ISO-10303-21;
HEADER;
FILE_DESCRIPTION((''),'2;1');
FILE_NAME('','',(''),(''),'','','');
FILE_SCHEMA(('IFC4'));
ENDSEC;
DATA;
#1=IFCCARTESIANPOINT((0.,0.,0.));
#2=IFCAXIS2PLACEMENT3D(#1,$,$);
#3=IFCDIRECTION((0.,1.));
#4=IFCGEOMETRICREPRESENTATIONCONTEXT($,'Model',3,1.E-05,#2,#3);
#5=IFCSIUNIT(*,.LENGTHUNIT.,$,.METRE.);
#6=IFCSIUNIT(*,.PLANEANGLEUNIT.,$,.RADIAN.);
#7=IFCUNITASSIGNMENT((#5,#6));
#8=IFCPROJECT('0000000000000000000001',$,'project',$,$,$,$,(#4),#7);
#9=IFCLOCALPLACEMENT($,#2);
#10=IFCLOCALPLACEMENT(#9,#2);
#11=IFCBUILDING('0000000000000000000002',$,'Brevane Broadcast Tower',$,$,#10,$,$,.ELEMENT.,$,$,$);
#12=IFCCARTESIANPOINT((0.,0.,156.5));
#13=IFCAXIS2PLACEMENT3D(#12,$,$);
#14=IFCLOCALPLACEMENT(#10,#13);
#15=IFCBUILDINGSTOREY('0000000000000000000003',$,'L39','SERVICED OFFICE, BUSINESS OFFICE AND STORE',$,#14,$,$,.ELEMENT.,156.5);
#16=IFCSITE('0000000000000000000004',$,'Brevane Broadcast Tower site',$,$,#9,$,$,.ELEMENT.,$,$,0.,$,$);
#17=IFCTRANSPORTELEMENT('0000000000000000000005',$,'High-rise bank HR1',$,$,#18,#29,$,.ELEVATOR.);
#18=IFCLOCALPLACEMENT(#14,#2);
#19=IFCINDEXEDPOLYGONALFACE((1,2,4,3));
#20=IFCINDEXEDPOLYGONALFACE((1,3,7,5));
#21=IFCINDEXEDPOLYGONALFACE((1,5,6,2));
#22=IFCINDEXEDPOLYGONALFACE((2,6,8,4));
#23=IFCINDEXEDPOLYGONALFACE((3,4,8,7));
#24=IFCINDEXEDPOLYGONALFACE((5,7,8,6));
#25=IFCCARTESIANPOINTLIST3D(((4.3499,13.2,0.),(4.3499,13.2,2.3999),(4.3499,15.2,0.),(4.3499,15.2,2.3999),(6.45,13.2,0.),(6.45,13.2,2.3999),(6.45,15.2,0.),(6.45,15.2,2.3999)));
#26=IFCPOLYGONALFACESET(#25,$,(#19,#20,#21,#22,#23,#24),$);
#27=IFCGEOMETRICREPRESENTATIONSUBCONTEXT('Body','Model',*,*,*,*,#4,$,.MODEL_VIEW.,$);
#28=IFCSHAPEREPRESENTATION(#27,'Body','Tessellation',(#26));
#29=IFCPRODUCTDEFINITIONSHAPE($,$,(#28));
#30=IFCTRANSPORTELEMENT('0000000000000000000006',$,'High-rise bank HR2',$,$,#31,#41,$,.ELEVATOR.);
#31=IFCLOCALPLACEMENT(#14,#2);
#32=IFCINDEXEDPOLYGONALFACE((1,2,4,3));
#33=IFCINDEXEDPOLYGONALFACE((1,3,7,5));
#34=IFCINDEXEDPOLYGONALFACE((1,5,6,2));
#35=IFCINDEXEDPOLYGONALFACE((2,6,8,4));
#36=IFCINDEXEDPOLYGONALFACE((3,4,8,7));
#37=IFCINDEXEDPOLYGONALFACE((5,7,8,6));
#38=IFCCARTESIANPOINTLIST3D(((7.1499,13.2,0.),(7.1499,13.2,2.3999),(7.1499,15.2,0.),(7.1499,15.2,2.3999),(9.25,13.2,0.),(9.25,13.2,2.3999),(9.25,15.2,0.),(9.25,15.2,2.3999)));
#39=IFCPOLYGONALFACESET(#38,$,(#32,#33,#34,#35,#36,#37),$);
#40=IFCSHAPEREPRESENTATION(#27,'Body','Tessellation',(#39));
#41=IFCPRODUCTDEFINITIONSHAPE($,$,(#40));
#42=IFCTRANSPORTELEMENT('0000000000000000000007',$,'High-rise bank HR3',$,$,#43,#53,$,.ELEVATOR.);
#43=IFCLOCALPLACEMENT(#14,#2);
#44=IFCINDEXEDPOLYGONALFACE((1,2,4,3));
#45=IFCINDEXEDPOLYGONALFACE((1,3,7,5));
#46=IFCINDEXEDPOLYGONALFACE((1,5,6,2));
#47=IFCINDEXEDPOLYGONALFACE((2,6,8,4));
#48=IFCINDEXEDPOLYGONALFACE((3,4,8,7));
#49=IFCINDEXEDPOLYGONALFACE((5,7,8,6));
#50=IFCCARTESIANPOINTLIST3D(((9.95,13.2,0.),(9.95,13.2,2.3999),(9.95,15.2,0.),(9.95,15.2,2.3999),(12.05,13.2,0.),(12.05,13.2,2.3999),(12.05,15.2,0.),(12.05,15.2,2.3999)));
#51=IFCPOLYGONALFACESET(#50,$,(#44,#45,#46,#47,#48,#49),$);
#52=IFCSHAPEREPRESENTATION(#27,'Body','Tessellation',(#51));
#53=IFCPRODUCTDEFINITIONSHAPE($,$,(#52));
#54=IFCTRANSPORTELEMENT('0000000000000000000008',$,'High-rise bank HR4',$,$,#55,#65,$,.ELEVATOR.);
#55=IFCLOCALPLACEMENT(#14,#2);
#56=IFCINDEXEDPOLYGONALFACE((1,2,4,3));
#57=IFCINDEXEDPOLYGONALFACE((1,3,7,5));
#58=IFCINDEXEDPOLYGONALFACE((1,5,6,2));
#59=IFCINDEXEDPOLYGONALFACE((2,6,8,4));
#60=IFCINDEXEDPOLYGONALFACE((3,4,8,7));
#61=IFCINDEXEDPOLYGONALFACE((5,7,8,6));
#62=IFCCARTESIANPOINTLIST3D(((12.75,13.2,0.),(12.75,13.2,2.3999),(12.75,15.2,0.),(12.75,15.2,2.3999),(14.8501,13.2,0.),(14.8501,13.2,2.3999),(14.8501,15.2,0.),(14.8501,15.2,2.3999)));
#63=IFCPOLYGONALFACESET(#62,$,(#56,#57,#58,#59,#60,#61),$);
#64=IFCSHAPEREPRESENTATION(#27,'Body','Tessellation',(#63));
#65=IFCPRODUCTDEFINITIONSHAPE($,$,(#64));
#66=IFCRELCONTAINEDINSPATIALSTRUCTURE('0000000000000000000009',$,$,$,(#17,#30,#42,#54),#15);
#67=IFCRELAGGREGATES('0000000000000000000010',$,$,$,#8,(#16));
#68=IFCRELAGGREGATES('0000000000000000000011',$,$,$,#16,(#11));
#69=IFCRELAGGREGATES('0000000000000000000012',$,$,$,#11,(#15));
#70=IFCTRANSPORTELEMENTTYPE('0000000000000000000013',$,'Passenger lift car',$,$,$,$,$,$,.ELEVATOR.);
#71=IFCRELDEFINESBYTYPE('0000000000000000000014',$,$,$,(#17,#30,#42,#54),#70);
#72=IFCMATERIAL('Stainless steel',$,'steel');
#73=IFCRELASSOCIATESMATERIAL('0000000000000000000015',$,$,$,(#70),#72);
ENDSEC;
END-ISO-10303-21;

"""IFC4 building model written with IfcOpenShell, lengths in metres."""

from ifc_helpers import new_model, si_unit, direction, frame, origin, origin_2d, place, context, subcontext, project, spatial, rectangle, extrude, material, type_object, element, save


model = new_model("IFC4")

# Units and contexts
model_context = context("Model", 3, precision=1e-05, world=origin(), true_north=direction((0.0, 1.0)))
body_context = subcontext(model_context, "Body", "Model", "MODEL_VIEW")
ifc_project = project(units=[si_unit("LENGTHUNIT", "METRE"), si_unit("PLANEANGLEUNIT", "RADIAN")], contexts=[model_context])

# Site, building, storey
site_placement = place(None, origin())
site = spatial("IfcSite", under=ifc_project, at=site_placement, Name="Brevane Broadcast Tower site", CompositionType="ELEMENT", RefElevation=0.0)
building_placement = place(site_placement, origin())
building = spatial("IfcBuilding", under=site, at=building_placement, Name="Brevane Broadcast Tower", CompositionType="ELEMENT")
storey_placement = place(building_placement, frame((0.0, 0.0, 156.5)))
storey = spatial("IfcBuildingStorey", under=building, at=storey_placement, Name="L39", Description="SERVICED OFFICE, BUSINESS OFFICE AND STORE", CompositionType="ELEMENT", Elevation=156.5)

# Transport elements
ifc_material_1 = material(Name="Stainless steel", Category="steel")
transport_element_type = type_object("IfcTransportElementType", Name="Passenger lift car", PredefinedType="ELEVATOR", material=ifc_material_1)
for number, where, z_axis, x_axis, name in (
    (1, (5.3999, 14.2, 0.0), (0.0, 0.0, 1.0), (1.0, 0.0, 0.0), "High-rise bank HR1"),
    (2, (8.2, 14.2, 0.0), (0.0, 0.0, 1.0), (1.0, 0.0, 0.0), "High-rise bank HR2"),
    (3, (11.0, 14.2, 0.0), (0.0, 0.0, 1.0), (1.0, 0.0, 0.0), "High-rise bank HR3"),
    (4, (13.8, 14.2, 0.0), (0.0, 0.0, 1.0), (1.0, 0.0, 0.0), "High-rise bank HR4"),
):
    element("IfcTransportElement", number, at=place(storey_placement, frame(where, z_axis=z_axis, x_axis=x_axis)), inside=storey, type_object=transport_element_type, Name=name, PredefinedType="ELEVATOR", context=body_context, shape_type="SweptSolid", body=[
        extrude(rectangle(XDim=2.1001, YDim=2.0, at=origin_2d()), origin(), (0.0, 0.0, 1.0), 2.3999),
    ])

save(model, "model.ifc")
